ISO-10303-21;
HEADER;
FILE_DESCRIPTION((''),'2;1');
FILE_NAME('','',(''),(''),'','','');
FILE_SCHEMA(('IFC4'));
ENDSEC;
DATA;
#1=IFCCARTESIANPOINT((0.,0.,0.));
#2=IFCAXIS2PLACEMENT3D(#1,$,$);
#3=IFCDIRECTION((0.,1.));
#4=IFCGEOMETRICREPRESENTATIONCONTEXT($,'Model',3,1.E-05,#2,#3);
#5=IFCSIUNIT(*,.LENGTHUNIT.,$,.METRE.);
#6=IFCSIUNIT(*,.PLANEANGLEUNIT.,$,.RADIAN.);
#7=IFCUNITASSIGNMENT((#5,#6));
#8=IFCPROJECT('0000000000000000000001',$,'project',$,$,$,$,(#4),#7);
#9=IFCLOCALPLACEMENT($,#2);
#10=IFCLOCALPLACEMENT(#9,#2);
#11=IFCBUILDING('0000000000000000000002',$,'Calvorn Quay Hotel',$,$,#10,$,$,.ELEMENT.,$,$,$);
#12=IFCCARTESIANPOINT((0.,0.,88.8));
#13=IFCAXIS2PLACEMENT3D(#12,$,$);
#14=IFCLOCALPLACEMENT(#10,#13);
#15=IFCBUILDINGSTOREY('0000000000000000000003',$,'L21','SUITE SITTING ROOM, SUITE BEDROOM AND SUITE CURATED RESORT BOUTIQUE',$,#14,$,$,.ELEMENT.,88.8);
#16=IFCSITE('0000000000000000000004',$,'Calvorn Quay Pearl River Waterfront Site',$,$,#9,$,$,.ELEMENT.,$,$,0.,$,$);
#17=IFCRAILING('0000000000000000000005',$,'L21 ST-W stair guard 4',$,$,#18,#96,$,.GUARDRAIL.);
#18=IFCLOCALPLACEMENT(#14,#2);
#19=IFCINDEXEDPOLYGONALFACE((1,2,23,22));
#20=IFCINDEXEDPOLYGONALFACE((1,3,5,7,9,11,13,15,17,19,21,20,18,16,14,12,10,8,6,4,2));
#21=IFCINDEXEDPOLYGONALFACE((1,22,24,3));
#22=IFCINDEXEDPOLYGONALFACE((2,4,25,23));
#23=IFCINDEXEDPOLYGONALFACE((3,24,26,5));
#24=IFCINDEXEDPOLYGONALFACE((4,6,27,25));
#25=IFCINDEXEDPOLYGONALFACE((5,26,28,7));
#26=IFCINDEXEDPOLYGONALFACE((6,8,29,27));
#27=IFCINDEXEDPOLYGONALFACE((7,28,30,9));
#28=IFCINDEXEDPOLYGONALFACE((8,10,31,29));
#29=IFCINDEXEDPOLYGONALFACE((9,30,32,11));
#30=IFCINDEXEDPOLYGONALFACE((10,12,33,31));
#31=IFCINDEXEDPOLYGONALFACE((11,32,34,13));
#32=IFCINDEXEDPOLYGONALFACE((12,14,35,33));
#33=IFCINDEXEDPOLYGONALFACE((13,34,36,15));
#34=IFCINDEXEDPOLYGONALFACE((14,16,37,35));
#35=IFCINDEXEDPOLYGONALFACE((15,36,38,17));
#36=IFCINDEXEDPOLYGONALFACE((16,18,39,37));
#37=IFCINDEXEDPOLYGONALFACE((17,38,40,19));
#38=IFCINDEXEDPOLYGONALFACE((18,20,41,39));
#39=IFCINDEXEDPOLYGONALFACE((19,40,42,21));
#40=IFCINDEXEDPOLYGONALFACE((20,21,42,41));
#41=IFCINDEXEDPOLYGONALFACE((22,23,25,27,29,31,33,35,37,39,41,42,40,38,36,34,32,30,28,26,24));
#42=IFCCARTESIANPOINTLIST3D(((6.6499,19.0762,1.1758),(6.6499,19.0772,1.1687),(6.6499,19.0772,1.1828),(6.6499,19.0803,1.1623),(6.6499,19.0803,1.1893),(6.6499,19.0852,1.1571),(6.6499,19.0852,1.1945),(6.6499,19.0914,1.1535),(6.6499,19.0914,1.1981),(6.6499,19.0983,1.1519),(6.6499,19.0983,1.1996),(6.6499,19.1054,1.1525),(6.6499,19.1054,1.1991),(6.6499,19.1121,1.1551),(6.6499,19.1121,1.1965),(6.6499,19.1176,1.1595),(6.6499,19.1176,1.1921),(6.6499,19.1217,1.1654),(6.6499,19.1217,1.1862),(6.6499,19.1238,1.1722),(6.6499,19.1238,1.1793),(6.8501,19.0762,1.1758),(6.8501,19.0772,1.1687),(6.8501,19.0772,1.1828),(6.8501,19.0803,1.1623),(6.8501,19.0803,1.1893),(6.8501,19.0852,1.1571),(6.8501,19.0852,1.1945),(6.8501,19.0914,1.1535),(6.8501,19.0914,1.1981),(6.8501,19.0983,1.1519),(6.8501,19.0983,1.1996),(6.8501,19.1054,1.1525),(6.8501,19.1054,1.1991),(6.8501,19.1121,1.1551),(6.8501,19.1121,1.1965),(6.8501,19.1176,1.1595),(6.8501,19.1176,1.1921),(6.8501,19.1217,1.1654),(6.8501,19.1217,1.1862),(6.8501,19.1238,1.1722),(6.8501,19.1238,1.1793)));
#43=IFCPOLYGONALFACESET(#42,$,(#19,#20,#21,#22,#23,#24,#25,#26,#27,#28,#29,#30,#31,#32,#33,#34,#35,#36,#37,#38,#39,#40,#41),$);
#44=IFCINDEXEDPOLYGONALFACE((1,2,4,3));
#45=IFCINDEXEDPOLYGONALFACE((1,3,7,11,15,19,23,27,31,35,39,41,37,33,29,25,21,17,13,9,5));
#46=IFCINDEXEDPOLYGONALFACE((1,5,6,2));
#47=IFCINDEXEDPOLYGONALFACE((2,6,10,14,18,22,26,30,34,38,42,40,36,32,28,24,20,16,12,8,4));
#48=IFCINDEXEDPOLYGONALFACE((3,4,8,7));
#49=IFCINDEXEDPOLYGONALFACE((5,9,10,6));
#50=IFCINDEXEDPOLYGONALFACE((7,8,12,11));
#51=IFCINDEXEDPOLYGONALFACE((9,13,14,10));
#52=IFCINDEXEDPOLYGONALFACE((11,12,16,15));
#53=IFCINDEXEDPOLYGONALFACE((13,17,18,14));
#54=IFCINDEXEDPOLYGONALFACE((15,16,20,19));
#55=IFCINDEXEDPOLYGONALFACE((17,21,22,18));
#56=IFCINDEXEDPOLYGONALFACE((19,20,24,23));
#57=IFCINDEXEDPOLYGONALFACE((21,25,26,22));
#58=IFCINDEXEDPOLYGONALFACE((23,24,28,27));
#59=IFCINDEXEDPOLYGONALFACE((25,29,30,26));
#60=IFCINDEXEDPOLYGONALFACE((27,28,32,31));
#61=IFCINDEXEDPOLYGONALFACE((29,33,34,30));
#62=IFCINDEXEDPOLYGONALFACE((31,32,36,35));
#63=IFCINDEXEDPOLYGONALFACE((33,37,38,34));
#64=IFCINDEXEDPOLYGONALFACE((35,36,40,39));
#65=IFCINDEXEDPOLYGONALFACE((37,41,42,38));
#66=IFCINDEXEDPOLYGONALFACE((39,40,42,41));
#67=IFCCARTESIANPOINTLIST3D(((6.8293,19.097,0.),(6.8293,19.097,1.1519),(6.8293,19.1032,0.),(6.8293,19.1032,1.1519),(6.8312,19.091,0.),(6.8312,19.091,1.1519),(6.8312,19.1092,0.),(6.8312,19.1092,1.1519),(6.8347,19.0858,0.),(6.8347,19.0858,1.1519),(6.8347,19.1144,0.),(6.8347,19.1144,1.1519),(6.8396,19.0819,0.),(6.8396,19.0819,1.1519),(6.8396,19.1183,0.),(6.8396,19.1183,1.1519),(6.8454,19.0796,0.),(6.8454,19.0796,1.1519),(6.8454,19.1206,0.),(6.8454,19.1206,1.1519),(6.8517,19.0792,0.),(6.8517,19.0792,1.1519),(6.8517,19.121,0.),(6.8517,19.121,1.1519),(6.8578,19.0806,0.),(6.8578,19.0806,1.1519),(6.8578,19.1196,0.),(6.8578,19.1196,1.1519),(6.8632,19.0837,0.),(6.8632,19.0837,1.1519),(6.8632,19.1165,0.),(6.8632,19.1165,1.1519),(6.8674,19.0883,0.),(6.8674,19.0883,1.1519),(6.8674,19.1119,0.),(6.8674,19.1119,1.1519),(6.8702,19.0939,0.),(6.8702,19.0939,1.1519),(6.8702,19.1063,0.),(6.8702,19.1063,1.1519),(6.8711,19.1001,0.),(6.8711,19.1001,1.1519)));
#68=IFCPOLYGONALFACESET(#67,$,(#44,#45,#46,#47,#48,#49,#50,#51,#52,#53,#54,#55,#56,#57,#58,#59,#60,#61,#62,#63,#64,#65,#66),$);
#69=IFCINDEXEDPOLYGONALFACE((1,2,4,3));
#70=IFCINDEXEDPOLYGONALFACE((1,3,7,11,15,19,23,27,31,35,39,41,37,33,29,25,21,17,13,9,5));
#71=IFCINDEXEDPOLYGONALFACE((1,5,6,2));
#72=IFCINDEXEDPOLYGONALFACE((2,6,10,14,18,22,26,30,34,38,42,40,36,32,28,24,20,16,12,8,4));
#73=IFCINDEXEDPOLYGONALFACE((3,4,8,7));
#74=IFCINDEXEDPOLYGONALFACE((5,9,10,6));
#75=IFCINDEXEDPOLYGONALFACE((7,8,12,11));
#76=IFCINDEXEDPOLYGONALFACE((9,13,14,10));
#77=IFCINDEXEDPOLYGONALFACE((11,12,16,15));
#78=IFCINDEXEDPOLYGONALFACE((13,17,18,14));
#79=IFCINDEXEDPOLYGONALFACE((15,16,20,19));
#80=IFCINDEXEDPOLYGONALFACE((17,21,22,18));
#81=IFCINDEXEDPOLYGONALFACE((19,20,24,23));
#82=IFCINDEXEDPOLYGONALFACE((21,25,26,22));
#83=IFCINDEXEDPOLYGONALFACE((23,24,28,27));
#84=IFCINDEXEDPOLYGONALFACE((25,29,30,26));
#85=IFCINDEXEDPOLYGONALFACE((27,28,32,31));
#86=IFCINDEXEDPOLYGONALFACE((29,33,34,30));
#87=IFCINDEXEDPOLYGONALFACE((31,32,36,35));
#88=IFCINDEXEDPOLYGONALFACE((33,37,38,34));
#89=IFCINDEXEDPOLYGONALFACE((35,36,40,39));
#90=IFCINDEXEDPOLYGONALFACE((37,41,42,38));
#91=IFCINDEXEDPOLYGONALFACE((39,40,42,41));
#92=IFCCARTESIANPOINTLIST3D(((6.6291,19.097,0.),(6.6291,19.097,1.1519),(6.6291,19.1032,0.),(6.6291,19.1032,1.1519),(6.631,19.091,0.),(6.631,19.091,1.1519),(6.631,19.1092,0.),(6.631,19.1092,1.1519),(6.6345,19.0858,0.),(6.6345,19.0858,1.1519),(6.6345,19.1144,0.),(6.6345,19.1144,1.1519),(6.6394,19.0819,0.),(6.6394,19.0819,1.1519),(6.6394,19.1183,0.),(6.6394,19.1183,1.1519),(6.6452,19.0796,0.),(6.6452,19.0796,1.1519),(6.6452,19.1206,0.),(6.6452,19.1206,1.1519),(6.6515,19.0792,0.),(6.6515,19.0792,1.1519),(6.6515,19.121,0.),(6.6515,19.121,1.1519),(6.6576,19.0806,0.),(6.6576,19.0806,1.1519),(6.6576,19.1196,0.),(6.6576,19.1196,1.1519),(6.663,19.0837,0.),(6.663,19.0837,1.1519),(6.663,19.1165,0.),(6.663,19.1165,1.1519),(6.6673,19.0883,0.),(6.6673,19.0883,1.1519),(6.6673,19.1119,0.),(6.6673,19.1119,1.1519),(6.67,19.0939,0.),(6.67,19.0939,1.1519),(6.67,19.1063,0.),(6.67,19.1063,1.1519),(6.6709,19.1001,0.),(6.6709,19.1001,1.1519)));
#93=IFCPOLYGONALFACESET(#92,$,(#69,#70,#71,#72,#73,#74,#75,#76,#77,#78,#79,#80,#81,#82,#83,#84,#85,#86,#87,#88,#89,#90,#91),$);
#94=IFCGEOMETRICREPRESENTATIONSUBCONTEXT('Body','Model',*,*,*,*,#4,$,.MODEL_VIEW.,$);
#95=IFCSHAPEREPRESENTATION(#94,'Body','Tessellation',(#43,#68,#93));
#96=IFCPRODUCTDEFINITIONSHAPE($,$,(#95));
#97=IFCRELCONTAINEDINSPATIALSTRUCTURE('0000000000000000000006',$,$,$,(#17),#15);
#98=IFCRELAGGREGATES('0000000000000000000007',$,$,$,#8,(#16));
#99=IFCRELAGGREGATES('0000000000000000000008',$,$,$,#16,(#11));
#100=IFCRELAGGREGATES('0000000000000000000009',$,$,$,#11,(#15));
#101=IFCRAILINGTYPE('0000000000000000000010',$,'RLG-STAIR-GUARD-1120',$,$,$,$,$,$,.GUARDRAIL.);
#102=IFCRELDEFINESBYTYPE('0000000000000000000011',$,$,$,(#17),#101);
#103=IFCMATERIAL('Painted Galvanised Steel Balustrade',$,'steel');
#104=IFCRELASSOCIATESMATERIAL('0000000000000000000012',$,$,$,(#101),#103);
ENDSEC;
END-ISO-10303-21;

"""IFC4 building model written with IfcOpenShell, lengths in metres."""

from ifc_helpers import new_model, si_unit, direction, frame, origin, origin_2d, place, context, subcontext, project, spatial, circle, extrude, material, type_object, element, save


model = new_model("IFC4")

# Units and contexts
model_context = context("Model", 3, precision=1e-05, world=origin(), true_north=direction((0.0, 1.0)))
body_context = subcontext(model_context, "Body", "Model", "MODEL_VIEW")
ifc_project = project(units=[si_unit("LENGTHUNIT", "METRE"), si_unit("PLANEANGLEUNIT", "RADIAN")], contexts=[model_context])

# Site, building, storey
site_placement = place(None, origin())
site = spatial("IfcSite", under=ifc_project, at=site_placement, Name="Calvorn Quay Pearl River Waterfront Site", CompositionType="ELEMENT", RefElevation=0.0)
building_placement = place(site_placement, origin())
building = spatial("IfcBuilding", under=site, at=building_placement, Name="Calvorn Quay Hotel", CompositionType="ELEMENT")
storey_placement = place(building_placement, frame((0.0, 0.0, 88.8)))
storey = spatial("IfcBuildingStorey", under=building, at=storey_placement, Name="L21", Description="SUITE SITTING ROOM, SUITE BEDROOM AND SUITE CURATED RESORT BOUTIQUE", CompositionType="ELEMENT", Elevation=88.8)

# Railing
ifc_material_1 = material(Name="Painted Galvanised Steel Balustrade", Category="steel")
railing_type_1 = type_object("IfcRailingType", Name="RLG-STAIR-GUARD-1120", PredefinedType="GUARDRAIL", material=ifc_material_1)
railing_1_placement = place(storey_placement, frame((6.8501, 19.1001, 0.0)))
element("IfcRailing", 1, at=railing_1_placement, inside=storey, type_object=railing_type_1, Name="L21 ST-W stair guard 4", PredefinedType="GUARDRAIL", context=body_context, shape_type="SweptSolid", body=[
    extrude(circle(Radius=0.0239, at=origin_2d()), frame((0.0, 0.0, 1.1758), z_axis=(-1.0, 0.0, 0.0), x_axis=(0.0, -1.0, 0.0)), (0.0, 0.0, 1.0), 0.2002),
    extrude(circle(Radius=0.021, at=origin_2d()), origin(), (0.0, 0.0, 1.0), 1.1519),
    extrude(circle(Radius=0.021, at=origin_2d()), frame((-0.2002, 0.0, 0.0)), (0.0, 0.0, 1.0), 1.1519),
])

save(model, "model.ifc")
